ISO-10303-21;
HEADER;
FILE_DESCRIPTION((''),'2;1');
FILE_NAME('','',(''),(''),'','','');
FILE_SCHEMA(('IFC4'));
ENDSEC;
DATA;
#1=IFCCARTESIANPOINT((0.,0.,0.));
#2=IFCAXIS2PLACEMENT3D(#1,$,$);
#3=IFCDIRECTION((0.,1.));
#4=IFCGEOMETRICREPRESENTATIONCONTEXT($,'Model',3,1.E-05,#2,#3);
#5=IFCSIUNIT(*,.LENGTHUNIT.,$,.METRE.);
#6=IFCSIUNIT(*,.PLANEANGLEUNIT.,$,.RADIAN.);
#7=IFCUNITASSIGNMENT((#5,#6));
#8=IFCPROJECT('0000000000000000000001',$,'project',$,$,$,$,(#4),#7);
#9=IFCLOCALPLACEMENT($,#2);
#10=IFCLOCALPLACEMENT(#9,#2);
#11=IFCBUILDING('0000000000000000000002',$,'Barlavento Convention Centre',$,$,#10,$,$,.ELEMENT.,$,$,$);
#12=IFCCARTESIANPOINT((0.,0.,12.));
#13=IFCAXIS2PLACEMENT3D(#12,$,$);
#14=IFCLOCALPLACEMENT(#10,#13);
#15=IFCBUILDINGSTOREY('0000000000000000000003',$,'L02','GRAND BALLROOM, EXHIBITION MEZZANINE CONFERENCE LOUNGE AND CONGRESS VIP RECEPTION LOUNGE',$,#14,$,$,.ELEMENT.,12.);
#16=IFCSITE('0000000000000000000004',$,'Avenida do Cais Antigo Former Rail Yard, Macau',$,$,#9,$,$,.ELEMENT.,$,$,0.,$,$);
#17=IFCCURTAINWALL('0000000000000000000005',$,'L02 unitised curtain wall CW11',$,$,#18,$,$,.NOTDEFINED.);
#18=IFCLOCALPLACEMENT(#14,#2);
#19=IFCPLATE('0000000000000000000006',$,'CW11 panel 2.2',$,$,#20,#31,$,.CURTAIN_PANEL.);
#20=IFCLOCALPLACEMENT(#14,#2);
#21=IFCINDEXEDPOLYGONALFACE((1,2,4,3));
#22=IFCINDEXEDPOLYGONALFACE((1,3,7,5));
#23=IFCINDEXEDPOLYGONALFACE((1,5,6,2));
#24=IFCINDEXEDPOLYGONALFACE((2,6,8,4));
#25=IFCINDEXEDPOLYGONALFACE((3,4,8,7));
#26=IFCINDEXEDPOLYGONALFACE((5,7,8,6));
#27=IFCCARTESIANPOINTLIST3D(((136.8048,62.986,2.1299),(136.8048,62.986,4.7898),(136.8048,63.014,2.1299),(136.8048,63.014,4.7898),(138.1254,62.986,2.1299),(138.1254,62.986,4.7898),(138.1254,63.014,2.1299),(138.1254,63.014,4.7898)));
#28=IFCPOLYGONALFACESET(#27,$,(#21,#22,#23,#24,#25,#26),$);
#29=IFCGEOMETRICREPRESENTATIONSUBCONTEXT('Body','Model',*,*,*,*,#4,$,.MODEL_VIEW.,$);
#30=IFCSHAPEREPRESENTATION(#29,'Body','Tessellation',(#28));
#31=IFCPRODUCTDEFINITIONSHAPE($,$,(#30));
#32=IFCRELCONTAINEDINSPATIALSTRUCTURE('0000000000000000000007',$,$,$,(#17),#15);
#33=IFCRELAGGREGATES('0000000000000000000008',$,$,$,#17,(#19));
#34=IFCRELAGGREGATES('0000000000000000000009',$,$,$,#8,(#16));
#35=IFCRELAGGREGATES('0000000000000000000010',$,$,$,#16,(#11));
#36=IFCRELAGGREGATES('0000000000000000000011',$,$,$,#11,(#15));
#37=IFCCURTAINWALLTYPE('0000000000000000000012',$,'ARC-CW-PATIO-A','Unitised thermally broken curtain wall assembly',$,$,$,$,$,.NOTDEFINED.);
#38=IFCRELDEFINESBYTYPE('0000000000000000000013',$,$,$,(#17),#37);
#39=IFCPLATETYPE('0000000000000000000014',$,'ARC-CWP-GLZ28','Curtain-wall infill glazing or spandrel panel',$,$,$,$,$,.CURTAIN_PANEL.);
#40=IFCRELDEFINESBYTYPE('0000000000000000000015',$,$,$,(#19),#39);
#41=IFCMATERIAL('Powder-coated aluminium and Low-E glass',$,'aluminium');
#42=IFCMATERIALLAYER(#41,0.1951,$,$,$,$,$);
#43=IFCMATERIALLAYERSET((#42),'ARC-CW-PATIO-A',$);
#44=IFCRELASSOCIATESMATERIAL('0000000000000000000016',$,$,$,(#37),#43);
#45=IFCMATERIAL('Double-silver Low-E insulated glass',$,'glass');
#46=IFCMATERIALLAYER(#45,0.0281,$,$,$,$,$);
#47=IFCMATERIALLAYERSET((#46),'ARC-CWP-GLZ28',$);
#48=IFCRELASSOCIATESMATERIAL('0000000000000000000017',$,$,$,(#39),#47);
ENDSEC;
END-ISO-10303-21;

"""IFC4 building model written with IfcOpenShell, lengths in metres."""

from ifc_helpers import new_model, si_unit, direction, frame, origin, origin_2d, place, context, subcontext, project, spatial, rectangle, extrude, material, layer, layer_set, type_object, element, aggregate, save


model = new_model("IFC4")

# Units and contexts
model_context = context("Model", 3, precision=1e-05, world=origin(), true_north=direction((0.0, 1.0)))
body_context = subcontext(model_context, "Body", "Model", "MODEL_VIEW")
ifc_project = project(units=[si_unit("LENGTHUNIT", "METRE"), si_unit("PLANEANGLEUNIT", "RADIAN")], contexts=[model_context])

# Site, building, storey
site_placement = place(None, origin())
site = spatial("IfcSite", under=ifc_project, at=site_placement, Name="Avenida do Cais Antigo Former Rail Yard, Macau", CompositionType="ELEMENT", RefElevation=0.0)
building_placement = place(site_placement, origin())
building = spatial("IfcBuilding", under=site, at=building_placement, Name="Barlavento Convention Centre", CompositionType="ELEMENT")
storey_placement = place(building_placement, frame((0.0, 0.0, 12.0)))
storey = spatial("IfcBuildingStorey", under=building, at=storey_placement, Name="L02", Description="GRAND BALLROOM, EXHIBITION MEZZANINE CONFERENCE LOUNGE AND CONGRESS VIP RECEPTION LOUNGE", CompositionType="ELEMENT", Elevation=12.0)

# Curtain wall
ifc_material_1 = material(Name="Powder-coated aluminium and Low-E glass", Category="aluminium")
ifc_layer_1 = layer(ifc_material_1, 0.1951)
ifc_layer_set_1 = layer_set([ifc_layer_1], Name="ARC-CW-PATIO-A")
curtain_wall_type = type_object("IfcCurtainWallType", Name="ARC-CW-PATIO-A", Description="Unitised thermally broken curtain wall assembly", PredefinedType="NOTDEFINED", material=ifc_layer_set_1)
curtain_wall_placement = place(storey_placement, origin())
curtain_wall = element("IfcCurtainWall", 1, at=curtain_wall_placement, inside=storey, type_object=curtain_wall_type, Name="L02 unitised curtain wall CW11", PredefinedType="NOTDEFINED")

# Plate
ifc_material_2 = material(Name="Double-silver Low-E insulated glass", Category="glass")
ifc_layer_2 = layer(ifc_material_2, 0.0281)
ifc_layer_set_2 = layer_set([ifc_layer_2], Name="ARC-CWP-GLZ28")
plate_type = type_object("IfcPlateType", Name="ARC-CWP-GLZ28", Description="Curtain-wall infill glazing or spandrel panel", PredefinedType="CURTAIN_PANEL", material=ifc_layer_set_2)
plate_1_placement = place(storey_placement, frame((137.4651, 63.0, 2.1299), z_axis=(0.0, 0.0, 1.0), x_axis=(1.0, 0.0, 0.0)))
plate_1 = element("IfcPlate", 2, at=plate_1_placement, type_object=plate_type, Name="CW11 panel 2.2", PredefinedType="CURTAIN_PANEL", context=body_context, shape_type="SweptSolid", body=[
    extrude(rectangle(XDim=1.3206, YDim=0.0281, at=origin_2d()), origin(), (0.0, 0.0, 1.0), 2.6599),
])
aggregate(curtain_wall, [plate_1])

save(model, "model.ifc")
